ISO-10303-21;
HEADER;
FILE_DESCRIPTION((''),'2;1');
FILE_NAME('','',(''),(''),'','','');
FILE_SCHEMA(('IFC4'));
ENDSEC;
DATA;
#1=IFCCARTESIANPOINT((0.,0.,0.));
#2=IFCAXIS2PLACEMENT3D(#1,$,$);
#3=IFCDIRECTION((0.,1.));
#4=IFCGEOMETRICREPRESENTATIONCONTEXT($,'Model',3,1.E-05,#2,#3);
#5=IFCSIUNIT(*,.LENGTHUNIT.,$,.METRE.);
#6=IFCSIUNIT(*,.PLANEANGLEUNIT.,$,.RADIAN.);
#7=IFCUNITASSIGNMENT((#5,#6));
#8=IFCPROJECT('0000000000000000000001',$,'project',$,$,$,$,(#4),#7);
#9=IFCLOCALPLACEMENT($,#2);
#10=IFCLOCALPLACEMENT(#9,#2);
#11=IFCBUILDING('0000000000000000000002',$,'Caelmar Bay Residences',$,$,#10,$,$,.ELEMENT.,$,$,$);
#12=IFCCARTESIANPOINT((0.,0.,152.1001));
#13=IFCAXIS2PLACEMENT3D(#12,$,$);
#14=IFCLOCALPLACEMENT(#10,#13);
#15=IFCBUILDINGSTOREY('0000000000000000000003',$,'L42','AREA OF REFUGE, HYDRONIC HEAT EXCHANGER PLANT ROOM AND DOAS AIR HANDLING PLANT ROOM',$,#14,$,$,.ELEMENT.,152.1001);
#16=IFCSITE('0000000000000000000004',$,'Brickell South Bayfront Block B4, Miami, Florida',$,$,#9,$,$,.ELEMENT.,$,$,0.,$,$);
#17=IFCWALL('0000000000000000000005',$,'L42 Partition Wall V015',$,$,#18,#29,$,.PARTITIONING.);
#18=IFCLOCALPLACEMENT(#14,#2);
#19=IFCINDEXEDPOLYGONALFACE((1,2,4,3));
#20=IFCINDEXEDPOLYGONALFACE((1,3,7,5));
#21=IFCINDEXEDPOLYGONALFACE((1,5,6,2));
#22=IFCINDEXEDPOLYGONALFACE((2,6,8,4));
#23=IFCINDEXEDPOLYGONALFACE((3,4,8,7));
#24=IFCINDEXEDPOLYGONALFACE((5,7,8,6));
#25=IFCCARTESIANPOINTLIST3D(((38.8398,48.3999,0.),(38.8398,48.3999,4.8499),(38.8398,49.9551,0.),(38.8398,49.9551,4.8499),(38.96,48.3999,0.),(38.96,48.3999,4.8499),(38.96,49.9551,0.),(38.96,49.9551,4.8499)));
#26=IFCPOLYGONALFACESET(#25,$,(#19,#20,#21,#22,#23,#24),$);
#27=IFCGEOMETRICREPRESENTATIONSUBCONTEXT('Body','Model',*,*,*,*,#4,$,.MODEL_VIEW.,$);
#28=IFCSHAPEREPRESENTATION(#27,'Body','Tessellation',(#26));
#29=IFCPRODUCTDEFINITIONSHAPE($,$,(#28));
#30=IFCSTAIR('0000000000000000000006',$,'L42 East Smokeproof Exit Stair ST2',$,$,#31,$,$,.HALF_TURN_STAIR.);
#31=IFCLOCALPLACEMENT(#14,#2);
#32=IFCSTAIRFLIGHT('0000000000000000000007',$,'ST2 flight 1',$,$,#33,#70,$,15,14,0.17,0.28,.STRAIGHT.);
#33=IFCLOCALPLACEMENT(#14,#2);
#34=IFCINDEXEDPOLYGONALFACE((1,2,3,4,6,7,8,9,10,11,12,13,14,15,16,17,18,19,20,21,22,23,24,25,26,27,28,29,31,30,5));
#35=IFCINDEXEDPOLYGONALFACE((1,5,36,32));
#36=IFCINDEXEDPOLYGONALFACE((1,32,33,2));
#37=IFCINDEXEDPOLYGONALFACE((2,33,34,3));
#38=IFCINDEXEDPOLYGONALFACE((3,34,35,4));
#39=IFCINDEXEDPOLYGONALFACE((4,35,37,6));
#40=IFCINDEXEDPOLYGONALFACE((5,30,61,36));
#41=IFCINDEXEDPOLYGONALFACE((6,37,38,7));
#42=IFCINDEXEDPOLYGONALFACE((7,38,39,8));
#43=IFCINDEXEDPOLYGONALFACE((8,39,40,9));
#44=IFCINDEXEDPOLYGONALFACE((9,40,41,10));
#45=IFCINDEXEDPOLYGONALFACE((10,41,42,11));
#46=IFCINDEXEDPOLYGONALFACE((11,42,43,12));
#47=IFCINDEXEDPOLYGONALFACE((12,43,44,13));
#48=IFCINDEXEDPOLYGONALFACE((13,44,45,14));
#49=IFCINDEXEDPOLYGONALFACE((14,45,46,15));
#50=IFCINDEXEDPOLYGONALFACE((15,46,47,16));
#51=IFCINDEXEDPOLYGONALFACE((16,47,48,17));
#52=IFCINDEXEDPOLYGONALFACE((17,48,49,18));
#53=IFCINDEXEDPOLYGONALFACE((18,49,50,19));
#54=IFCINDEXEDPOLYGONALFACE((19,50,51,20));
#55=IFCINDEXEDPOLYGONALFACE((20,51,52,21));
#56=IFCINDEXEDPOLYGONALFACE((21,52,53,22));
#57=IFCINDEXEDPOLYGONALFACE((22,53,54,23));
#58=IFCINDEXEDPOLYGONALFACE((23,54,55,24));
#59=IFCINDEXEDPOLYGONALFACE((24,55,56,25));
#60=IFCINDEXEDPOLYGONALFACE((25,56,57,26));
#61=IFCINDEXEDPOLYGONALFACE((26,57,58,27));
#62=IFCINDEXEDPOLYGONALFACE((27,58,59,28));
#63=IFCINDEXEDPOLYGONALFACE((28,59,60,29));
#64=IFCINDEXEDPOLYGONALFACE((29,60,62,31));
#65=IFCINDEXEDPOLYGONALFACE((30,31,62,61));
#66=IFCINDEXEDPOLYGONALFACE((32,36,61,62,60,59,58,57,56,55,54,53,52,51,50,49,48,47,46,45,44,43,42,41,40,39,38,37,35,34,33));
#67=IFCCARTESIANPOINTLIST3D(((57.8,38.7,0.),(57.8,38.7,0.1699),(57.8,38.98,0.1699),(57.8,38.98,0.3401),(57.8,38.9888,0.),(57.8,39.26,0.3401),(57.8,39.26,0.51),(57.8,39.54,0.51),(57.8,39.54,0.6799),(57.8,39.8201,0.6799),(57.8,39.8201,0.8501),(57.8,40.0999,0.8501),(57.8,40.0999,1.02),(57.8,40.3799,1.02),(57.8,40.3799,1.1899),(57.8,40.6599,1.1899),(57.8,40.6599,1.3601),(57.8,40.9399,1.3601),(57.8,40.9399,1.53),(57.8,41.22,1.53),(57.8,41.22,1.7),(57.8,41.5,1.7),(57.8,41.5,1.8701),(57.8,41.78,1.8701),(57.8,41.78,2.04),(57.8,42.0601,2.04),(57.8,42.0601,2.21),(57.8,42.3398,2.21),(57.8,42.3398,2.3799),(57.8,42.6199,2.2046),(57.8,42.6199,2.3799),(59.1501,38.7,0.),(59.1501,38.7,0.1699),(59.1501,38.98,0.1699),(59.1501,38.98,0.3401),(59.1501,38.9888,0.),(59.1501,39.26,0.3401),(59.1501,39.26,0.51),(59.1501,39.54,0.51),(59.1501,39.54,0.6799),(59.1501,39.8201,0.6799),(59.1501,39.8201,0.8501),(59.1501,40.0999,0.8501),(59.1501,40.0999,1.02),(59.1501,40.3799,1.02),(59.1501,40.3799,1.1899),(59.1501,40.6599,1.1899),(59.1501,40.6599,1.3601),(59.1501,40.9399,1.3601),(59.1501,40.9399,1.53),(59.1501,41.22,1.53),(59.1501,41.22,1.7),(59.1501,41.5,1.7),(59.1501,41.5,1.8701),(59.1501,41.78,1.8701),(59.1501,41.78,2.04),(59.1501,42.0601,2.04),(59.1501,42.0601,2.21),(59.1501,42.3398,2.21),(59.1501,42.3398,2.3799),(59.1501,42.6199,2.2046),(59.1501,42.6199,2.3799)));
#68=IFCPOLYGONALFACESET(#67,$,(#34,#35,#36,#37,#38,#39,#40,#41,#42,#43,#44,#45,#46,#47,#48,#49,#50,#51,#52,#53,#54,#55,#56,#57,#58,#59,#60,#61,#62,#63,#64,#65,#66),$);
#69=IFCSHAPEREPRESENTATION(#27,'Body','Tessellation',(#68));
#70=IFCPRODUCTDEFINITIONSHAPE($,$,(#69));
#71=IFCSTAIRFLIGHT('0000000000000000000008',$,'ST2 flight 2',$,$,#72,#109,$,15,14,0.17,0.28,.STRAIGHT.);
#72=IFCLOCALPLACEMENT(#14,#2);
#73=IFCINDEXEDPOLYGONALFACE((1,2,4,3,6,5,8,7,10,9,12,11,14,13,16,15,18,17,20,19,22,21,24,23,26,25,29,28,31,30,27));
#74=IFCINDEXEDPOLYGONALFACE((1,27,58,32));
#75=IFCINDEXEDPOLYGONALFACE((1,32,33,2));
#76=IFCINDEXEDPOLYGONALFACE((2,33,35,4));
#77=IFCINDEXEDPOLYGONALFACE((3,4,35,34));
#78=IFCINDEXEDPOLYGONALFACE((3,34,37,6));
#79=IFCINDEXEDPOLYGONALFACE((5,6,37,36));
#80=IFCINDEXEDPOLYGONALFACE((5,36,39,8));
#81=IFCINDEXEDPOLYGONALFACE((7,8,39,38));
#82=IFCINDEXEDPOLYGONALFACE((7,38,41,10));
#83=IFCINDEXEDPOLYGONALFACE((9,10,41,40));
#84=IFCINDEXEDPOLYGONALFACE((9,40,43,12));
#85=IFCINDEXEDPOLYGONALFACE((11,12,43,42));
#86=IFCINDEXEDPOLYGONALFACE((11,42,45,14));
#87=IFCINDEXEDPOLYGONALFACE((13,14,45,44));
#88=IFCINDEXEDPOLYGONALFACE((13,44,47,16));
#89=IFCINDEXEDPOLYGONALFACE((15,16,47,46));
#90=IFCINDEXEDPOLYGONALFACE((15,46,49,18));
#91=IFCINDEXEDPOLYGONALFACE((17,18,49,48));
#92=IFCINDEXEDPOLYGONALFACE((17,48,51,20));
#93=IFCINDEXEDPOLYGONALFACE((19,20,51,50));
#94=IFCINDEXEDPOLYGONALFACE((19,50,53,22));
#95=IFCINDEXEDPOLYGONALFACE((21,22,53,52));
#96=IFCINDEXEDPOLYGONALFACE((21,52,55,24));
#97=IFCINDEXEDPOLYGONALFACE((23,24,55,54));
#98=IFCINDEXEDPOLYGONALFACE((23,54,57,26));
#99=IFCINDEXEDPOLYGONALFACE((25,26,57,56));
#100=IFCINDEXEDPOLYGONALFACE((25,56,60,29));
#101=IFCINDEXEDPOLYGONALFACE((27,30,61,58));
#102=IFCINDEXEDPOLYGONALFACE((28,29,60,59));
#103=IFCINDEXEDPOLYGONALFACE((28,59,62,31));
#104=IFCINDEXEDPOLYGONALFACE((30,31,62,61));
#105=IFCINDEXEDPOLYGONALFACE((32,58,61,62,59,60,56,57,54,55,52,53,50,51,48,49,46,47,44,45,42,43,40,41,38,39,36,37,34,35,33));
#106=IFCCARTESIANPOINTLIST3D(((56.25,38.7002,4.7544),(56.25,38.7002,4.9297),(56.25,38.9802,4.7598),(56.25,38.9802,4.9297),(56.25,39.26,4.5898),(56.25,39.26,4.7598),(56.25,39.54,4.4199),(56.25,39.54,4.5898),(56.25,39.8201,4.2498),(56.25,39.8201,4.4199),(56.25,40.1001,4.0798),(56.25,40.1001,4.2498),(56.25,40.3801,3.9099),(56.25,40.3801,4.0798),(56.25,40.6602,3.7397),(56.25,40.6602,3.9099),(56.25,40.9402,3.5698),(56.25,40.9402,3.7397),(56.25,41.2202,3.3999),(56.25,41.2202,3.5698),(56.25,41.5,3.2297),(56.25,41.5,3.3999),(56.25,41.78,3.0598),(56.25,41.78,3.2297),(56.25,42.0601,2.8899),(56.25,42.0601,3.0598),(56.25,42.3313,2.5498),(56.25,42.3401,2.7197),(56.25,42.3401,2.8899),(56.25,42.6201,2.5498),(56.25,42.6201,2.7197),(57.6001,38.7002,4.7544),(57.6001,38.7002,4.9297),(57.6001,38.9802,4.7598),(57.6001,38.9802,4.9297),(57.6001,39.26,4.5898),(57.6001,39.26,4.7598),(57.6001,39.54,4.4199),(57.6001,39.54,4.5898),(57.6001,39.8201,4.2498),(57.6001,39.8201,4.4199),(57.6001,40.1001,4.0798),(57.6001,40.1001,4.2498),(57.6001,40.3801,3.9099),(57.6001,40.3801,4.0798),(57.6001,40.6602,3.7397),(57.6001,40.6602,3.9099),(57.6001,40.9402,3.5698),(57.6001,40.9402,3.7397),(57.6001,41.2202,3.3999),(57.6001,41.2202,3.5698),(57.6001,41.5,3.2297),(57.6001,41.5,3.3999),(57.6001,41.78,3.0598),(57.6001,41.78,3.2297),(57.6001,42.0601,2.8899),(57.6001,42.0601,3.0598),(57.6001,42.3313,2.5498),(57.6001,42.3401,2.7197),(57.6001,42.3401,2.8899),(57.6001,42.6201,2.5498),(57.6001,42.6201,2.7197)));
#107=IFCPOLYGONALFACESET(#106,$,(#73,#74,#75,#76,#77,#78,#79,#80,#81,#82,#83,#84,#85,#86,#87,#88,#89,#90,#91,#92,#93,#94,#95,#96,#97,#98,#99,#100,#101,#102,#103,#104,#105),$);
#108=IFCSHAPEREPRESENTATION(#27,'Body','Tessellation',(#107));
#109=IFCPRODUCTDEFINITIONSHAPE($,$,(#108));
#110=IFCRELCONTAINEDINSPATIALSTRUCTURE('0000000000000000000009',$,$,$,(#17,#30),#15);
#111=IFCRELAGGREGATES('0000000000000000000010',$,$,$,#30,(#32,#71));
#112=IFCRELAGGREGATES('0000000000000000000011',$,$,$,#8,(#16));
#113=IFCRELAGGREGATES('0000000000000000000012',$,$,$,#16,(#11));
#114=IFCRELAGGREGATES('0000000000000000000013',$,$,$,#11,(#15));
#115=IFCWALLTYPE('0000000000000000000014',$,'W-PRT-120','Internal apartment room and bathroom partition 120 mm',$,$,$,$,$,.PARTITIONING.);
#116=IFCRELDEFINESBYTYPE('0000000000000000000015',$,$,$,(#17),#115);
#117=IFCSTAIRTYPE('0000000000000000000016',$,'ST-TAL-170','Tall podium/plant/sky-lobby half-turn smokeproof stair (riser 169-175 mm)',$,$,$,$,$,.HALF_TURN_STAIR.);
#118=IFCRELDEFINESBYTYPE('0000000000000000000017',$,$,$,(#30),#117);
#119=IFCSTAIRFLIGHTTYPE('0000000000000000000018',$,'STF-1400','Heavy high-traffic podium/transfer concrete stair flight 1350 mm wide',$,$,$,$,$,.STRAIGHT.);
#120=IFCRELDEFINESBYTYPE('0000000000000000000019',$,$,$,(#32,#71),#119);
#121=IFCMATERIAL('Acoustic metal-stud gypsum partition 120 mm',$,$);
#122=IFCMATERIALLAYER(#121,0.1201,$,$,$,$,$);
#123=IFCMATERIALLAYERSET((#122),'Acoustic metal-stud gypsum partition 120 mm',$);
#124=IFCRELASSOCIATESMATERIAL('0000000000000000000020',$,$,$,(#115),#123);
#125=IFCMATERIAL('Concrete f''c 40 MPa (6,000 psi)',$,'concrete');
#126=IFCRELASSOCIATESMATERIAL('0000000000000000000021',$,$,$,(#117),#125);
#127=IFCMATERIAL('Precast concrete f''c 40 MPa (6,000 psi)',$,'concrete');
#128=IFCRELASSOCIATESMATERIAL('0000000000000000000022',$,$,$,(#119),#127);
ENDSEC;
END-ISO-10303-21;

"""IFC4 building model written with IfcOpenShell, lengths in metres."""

from ifc_helpers import new_model, si_unit, direction, frame, frame_2d, origin, place, context, subcontext, project, spatial, polyline, rectangle, outline, extrude, material, layer, layer_set, type_object, element, aggregate, save


model = new_model("IFC4")

# Units and contexts
model_context = context("Model", 3, precision=1e-05, world=origin(), true_north=direction((0.0, 1.0)))
body_context = subcontext(model_context, "Body", "Model", "MODEL_VIEW")
ifc_project = project(units=[si_unit("LENGTHUNIT", "METRE"), si_unit("PLANEANGLEUNIT", "RADIAN")], contexts=[model_context])

# Site, building, storey
site_placement = place(None, origin())
site = spatial("IfcSite", under=ifc_project, at=site_placement, Name="Brickell South Bayfront Block B4, Miami, Florida", CompositionType="ELEMENT", RefElevation=0.0)
building_placement = place(site_placement, origin())
building = spatial("IfcBuilding", under=site, at=building_placement, Name="Caelmar Bay Residences", CompositionType="ELEMENT")
storey_placement = place(building_placement, frame((0.0, 0.0, 152.1001)))
storey = spatial("IfcBuildingStorey", under=building, at=storey_placement, Name="L42", Description="AREA OF REFUGE, HYDRONIC HEAT EXCHANGER PLANT ROOM AND DOAS AIR HANDLING PLANT ROOM", CompositionType="ELEMENT", Elevation=152.1001)

# Wall
ifc_material_1 = material(Name="Acoustic metal-stud gypsum partition 120 mm")
ifc_layer_1 = layer(ifc_material_1, 0.1201)
ifc_layer_set_1 = layer_set([ifc_layer_1], Name="Acoustic metal-stud gypsum partition 120 mm")
wall_type_1 = type_object("IfcWallType", Name="W-PRT-120", Description="Internal apartment room and bathroom partition 120 mm", PredefinedType="PARTITIONING", material=ifc_layer_set_1)
wall_1_placement = place(storey_placement, frame((38.8999, 48.3999, 0.0), z_axis=(0.0, 0.0, 1.0), x_axis=(0.0, 1.0, 0.0)))
element("IfcWall", 1, at=wall_1_placement, inside=storey, type_object=wall_type_1, Name="L42 Partition Wall V015", PredefinedType="PARTITIONING", context=body_context, shape_type="SweptSolid", body=[
    extrude(rectangle(XDim=1.5552, YDim=0.1201, at=frame_2d((0.7776, 0.0))), origin(), (0.0, 0.0, 1.0), 4.8499),
])

# Stair, stair flights
ifc_material_2 = material(Name="Concrete f'c 40 MPa (6,000 psi)", Category="concrete")
stair_type = type_object("IfcStairType", Name="ST-TAL-170", Description="Tall podium/plant/sky-lobby half-turn smokeproof stair (riser 169-175 mm)", PredefinedType="HALF_TURN_STAIR", material=ifc_material_2)
stair_placement = place(storey_placement, origin())
stair = element("IfcStair", 2, at=stair_placement, inside=storey, type_object=stair_type, Name="L42 East Smokeproof Exit Stair ST2", PredefinedType="HALF_TURN_STAIR")
ifc_material_3 = material(Name="Precast concrete f'c 40 MPa (6,000 psi)", Category="concrete")
stair_flight_type = type_object("IfcStairFlightType", Name="STF-1400", Description="Heavy high-traffic podium/transfer concrete stair flight 1350 mm wide", PredefinedType="STRAIGHT", material=ifc_material_3)
stair_flight_1_placement = place(storey_placement, frame((58.4751, 38.7, 0.0), z_axis=(0.0, 0.0, 1.0), x_axis=(0.0, 1.0, 0.0)))
stair_flight_1 = element("IfcStairFlight", 3, at=stair_flight_1_placement, type_object=stair_flight_type, Name="ST2 flight 1", NumberOfRisers=15, NumberOfTreads=14, PredefinedType="STRAIGHT", RiserHeight=0.17, TreadLength=0.28, context=body_context, shape_type="SweptSolid", body=[
    extrude(outline(polyline([(0.0, 0.0), (0.0, 0.1699), (0.28, 0.1699), (0.28, 0.3401), (0.5601, 0.3401), (0.5601, 0.51), (0.8401, 0.51), (0.8401, 0.6799), (1.1201, 0.6799), (1.1201, 0.8501), (1.3999, 0.8501), (1.3999, 1.02), (1.6799, 1.02), (1.6799, 1.1899), (1.96, 1.1899), (1.96, 1.3601), (2.24, 1.3601), (2.24, 1.53), (2.52, 1.53), (2.52, 1.7), (2.8, 1.7), (2.8, 1.8701), (3.0801, 1.8701), (3.0801, 2.04), (3.3601, 2.04), (3.3601, 2.21), (3.6399, 2.21), (3.6399, 2.3799), (3.9199, 2.3799), (3.9199, 2.55), (3.9199, 2.2046), (0.2888, 0.0), (0.0, 0.0)])), frame((0.0, 0.675, 0.0), z_axis=(0.0, -1.0, 0.0), x_axis=(1.0, 0.0, 0.0)), (0.0, 0.0, 1.0), 1.3501),
])
stair_flight_2_placement = place(storey_placement, frame((56.925, 42.6201, 2.5498), z_axis=(0.0, 0.0, 1.0), x_axis=(0.0, -1.0, 0.0)))
stair_flight_2 = element("IfcStairFlight", 4, at=stair_flight_2_placement, type_object=stair_flight_type, Name="ST2 flight 2", NumberOfRisers=15, NumberOfTreads=14, PredefinedType="STRAIGHT", RiserHeight=0.17, TreadLength=0.28, context=body_context, shape_type="SweptSolid", body=[
    extrude(outline(polyline([(0.0, 0.0), (0.0, 0.1699), (0.28, 0.1699), (0.28, 0.3401), (0.5601, 0.3401), (0.5601, 0.51), (0.8401, 0.51), (0.8401, 0.6799), (1.1201, 0.6799), (1.1201, 0.8501), (1.3999, 0.8501), (1.3999, 1.02), (1.6799, 1.02), (1.6799, 1.1899), (1.96, 1.1899), (1.96, 1.3601), (2.24, 1.3601), (2.24, 1.53), (2.52, 1.53), (2.52, 1.7), (2.8, 1.7), (2.8, 1.8701), (3.0801, 1.8701), (3.0801, 2.04), (3.3601, 2.04), (3.3601, 2.21), (3.6399, 2.21), (3.6399, 2.3799), (3.9199, 2.3799), (3.9199, 2.55), (3.9199, 2.2046), (0.2888, 0.0), (0.0, 0.0)])), frame((0.0, 0.675, 0.0), z_axis=(0.0, -1.0, 0.0), x_axis=(1.0, 0.0, 0.0)), (0.0, 0.0, 1.0), 1.3501),
])
aggregate(stair, [stair_flight_1, stair_flight_2])

save(model, "model.ifc")
